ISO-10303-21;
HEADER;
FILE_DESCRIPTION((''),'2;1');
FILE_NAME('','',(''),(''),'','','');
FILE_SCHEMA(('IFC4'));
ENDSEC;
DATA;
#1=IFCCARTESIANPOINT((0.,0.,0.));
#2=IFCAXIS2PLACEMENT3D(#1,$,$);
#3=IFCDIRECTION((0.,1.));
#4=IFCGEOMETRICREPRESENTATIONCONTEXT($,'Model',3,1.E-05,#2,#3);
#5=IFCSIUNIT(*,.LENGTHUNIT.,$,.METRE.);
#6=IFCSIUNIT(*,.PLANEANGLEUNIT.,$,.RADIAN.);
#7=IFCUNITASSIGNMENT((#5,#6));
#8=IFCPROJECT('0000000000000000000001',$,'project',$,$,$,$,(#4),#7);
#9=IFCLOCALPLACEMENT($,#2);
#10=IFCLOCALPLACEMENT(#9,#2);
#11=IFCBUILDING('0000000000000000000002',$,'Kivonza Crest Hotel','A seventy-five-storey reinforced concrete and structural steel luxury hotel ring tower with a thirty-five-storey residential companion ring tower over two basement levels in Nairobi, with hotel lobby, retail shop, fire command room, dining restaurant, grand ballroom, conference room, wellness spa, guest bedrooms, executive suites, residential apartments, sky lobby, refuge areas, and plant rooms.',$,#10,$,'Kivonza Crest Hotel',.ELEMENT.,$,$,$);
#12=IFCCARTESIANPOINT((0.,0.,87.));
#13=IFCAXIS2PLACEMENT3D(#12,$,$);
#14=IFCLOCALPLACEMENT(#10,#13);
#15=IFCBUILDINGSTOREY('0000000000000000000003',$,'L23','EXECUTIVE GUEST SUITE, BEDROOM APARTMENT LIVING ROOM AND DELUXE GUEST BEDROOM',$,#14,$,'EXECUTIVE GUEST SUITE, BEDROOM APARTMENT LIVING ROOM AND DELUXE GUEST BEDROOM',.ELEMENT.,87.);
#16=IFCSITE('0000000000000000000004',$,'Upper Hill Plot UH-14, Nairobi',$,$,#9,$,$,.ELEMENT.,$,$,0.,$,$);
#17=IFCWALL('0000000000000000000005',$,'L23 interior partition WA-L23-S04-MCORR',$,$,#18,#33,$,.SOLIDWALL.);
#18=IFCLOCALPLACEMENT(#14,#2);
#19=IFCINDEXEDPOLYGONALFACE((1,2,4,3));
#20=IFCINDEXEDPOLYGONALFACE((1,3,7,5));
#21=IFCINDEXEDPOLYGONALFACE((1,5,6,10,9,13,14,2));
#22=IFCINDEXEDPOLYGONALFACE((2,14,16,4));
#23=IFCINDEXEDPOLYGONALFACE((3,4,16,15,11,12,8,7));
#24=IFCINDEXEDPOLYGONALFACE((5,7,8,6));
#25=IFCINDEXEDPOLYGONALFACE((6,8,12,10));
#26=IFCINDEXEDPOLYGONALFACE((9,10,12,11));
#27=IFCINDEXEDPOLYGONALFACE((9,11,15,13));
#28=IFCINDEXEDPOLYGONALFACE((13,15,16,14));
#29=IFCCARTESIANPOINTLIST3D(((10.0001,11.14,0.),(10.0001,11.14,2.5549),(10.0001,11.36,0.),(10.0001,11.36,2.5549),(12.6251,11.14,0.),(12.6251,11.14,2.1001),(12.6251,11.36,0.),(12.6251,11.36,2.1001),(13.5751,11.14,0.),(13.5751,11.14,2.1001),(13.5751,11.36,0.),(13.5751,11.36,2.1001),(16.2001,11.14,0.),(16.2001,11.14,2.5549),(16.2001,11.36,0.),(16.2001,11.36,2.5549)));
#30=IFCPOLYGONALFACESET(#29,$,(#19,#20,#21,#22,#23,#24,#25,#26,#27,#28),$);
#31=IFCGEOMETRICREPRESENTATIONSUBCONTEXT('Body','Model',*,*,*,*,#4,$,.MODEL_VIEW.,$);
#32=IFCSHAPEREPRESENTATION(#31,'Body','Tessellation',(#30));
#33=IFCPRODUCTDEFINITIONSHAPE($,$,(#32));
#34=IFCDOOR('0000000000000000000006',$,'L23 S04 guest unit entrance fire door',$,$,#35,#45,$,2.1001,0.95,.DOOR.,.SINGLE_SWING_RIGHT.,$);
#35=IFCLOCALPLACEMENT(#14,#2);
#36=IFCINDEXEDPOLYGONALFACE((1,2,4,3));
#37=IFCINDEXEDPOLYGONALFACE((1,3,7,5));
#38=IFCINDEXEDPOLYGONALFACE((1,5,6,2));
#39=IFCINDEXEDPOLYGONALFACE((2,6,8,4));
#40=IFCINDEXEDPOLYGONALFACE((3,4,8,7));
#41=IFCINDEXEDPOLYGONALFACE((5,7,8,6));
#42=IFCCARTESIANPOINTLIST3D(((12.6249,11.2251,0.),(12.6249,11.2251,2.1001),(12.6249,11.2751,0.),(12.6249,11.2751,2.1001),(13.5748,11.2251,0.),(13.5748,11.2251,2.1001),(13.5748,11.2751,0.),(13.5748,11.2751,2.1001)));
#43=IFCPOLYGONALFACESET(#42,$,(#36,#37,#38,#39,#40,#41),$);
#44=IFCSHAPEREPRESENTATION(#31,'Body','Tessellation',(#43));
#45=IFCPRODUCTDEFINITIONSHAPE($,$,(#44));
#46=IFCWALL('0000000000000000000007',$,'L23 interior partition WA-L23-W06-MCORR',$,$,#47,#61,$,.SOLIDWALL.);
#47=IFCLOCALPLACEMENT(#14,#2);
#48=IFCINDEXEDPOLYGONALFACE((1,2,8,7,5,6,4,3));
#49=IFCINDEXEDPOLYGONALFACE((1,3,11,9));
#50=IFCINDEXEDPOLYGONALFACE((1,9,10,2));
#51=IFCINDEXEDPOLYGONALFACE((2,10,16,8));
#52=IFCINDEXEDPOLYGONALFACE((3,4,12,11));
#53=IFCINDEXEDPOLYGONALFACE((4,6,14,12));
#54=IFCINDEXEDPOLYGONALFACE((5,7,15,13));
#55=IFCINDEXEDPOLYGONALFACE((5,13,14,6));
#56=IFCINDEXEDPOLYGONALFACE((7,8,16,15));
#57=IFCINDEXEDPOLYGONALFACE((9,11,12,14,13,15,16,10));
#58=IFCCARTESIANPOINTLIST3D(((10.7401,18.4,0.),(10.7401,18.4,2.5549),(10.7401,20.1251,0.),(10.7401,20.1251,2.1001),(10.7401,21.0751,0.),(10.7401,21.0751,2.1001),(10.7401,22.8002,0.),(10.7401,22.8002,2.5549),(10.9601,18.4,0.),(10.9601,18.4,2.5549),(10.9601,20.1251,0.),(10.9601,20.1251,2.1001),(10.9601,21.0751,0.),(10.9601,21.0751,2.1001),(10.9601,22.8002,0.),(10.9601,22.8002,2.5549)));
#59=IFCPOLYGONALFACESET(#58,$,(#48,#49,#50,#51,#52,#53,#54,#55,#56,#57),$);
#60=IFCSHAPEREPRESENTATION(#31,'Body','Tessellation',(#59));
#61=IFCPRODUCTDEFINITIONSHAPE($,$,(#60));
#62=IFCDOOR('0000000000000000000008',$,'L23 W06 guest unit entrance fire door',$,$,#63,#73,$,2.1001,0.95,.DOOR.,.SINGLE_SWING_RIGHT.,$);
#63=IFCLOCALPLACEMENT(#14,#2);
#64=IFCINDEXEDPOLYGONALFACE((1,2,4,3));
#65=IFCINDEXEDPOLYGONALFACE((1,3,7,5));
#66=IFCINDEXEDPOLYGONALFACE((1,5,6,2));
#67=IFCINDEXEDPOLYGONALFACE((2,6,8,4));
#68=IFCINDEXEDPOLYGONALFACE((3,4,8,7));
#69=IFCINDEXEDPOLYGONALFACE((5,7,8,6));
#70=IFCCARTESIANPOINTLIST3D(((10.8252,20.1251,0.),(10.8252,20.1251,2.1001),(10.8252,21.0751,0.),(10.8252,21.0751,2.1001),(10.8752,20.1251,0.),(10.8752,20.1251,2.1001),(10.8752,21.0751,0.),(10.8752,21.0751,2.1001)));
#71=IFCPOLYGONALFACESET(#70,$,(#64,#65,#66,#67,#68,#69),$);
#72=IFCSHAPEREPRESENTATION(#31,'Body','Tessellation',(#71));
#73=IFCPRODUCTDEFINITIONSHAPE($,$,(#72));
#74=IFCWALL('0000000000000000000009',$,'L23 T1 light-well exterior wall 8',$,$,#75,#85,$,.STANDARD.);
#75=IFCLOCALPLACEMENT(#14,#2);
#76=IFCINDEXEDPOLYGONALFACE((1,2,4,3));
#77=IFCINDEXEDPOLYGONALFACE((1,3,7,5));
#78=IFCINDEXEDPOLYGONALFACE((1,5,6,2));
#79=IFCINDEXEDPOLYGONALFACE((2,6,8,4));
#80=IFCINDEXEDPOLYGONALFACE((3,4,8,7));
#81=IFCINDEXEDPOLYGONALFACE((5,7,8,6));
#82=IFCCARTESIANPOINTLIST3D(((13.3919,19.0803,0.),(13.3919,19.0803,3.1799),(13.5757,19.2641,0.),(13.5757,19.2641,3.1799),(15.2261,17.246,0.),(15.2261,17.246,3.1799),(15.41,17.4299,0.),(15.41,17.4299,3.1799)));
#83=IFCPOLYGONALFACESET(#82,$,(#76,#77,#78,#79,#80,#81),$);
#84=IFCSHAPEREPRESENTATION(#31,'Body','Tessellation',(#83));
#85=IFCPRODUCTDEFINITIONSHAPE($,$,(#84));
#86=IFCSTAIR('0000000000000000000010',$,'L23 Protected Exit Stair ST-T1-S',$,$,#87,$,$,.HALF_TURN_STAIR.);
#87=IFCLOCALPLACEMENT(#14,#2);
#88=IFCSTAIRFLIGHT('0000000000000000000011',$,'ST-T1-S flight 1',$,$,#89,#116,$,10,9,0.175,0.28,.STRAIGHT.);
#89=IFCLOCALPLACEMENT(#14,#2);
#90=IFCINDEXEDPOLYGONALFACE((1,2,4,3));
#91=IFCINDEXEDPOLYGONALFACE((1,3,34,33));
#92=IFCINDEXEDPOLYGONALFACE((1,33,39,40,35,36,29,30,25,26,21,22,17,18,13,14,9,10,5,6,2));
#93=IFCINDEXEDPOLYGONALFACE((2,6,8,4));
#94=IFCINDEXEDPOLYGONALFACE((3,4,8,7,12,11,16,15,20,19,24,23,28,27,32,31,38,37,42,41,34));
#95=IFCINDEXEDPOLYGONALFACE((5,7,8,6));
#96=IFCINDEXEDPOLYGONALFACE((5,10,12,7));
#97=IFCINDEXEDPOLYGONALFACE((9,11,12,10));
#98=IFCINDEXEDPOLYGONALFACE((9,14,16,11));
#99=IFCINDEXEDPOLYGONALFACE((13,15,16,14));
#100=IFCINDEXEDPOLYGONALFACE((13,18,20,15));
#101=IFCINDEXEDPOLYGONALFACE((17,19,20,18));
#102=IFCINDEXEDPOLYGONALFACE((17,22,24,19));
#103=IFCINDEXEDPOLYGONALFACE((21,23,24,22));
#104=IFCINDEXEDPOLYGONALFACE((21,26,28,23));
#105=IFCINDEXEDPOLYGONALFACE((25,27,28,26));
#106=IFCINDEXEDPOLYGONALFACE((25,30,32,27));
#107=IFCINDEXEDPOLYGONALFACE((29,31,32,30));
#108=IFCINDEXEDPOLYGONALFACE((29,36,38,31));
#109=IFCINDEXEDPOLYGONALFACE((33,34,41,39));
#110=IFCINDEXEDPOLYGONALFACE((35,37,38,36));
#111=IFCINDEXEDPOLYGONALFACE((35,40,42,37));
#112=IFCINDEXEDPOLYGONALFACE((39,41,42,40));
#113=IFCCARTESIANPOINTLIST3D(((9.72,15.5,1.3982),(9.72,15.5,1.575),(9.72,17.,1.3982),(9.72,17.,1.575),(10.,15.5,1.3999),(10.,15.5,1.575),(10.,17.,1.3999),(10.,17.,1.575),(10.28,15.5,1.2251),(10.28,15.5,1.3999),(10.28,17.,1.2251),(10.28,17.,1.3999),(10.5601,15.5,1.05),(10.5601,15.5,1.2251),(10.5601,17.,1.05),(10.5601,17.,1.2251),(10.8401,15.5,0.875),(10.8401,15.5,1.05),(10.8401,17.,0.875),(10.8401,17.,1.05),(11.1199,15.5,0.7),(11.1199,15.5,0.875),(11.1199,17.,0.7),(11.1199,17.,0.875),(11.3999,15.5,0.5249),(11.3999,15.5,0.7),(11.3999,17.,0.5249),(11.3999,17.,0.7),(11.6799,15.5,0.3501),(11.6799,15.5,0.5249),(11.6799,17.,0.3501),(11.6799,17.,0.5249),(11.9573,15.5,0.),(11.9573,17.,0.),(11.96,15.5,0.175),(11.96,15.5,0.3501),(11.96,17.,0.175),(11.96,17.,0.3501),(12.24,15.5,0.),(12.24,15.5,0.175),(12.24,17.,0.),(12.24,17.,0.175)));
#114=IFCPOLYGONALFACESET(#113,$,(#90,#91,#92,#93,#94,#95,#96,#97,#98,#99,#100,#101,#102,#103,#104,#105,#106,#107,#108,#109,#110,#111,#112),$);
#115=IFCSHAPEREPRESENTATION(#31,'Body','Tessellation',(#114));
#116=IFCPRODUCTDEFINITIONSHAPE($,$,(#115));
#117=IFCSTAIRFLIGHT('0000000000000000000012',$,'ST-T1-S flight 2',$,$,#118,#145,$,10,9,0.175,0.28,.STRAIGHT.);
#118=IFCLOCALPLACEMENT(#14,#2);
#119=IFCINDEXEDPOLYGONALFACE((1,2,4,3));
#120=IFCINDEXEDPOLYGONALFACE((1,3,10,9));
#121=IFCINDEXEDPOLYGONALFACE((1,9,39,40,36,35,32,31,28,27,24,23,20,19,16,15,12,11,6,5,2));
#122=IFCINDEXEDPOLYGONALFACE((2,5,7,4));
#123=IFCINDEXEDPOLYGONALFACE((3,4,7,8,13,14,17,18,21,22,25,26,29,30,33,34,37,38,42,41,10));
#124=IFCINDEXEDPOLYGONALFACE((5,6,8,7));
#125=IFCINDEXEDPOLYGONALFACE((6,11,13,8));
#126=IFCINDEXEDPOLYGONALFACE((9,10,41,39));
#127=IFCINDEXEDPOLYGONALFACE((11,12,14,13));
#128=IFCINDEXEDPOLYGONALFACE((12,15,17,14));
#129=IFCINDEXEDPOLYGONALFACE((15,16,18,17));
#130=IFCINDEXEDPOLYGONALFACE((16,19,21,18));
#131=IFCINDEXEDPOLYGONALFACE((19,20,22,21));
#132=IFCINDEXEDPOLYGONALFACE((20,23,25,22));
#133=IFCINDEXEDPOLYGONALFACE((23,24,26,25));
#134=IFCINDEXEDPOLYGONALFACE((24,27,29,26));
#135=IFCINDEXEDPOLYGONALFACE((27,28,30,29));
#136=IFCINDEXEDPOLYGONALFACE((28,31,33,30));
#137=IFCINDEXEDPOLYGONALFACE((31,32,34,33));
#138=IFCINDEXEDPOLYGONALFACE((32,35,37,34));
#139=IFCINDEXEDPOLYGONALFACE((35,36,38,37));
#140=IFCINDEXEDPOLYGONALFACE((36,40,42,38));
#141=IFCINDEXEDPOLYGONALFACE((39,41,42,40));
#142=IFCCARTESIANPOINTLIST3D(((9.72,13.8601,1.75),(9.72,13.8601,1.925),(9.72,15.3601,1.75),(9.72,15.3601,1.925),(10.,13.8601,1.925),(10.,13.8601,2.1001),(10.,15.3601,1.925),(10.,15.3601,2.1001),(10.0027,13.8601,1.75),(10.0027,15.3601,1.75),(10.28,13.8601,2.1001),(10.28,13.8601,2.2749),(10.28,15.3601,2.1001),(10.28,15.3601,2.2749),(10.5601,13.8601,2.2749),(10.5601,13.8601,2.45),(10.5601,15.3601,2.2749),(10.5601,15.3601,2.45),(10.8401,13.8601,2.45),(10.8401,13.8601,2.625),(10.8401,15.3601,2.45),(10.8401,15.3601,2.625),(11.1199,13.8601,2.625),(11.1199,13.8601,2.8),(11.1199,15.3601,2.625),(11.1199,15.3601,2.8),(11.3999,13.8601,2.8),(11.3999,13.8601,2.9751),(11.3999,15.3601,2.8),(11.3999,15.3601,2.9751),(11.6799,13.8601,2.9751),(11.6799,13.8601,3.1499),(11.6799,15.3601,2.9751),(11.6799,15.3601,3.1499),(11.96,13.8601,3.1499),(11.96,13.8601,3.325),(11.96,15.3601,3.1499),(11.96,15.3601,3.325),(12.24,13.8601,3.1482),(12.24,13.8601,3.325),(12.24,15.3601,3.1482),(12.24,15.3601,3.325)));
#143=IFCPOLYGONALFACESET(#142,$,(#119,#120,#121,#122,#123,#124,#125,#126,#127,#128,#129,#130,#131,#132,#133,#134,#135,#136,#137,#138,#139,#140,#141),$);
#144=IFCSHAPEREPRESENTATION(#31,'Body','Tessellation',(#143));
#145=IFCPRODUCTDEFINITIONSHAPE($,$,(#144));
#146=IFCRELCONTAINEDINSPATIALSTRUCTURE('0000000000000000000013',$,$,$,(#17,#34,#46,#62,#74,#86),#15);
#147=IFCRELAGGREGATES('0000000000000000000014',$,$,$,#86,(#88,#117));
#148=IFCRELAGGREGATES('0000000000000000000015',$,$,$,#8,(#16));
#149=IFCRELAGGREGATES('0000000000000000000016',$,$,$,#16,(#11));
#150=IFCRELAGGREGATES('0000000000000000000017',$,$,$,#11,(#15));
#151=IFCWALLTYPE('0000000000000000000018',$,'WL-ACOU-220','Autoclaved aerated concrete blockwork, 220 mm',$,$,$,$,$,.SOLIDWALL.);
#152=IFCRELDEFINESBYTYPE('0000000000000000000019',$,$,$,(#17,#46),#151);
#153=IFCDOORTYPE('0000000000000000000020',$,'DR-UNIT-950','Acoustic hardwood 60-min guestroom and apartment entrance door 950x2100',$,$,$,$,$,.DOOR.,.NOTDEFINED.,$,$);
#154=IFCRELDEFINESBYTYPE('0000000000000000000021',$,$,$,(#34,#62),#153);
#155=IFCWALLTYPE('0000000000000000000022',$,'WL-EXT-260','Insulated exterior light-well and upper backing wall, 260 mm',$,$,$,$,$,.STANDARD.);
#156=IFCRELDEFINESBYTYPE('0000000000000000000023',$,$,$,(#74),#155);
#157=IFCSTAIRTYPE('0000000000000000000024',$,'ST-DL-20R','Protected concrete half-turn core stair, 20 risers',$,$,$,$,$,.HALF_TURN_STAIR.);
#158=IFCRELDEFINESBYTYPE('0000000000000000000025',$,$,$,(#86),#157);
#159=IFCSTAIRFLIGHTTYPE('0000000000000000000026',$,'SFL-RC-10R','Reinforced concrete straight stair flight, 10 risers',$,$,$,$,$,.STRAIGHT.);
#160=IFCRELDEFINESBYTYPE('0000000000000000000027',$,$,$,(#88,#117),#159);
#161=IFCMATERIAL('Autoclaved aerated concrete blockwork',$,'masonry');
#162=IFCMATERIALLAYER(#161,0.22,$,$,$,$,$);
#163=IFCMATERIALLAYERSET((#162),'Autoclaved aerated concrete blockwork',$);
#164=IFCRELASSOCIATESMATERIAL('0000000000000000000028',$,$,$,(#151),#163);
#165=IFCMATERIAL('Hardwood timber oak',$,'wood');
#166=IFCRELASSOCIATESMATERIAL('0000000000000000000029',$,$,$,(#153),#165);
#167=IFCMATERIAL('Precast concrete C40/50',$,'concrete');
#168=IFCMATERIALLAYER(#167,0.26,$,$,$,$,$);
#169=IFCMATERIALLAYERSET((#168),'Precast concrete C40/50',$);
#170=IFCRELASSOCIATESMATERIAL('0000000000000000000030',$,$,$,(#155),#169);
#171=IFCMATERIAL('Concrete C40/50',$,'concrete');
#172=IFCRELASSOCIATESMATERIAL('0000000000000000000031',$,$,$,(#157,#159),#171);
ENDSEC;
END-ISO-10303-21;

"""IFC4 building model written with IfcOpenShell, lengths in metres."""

from ifc_helpers import new_model, si_unit, direction, frame, frame_2d, origin, place, context, subcontext, project, spatial, polyline, rectangle, outline, extrude, material, layer, layer_set, type_object, element, fill, aggregate, save


model = new_model("IFC4")

# Units and contexts
model_context = context("Model", 3, precision=1e-05, world=origin(), true_north=direction((0.0, 1.0)))
body_context = subcontext(model_context, "Body", "Model", "MODEL_VIEW")
ifc_project = project(units=[si_unit("LENGTHUNIT", "METRE"), si_unit("PLANEANGLEUNIT", "RADIAN")], contexts=[model_context])

# Site, building, storey
site_placement = place(None, origin())
site = spatial("IfcSite", under=ifc_project, at=site_placement, Name="Upper Hill Plot UH-14, Nairobi", CompositionType="ELEMENT", RefElevation=0.0)
building_placement = place(site_placement, origin())
building = spatial("IfcBuilding", under=site, at=building_placement, Name="Kivonza Crest Hotel", Description="A seventy-five-storey reinforced concrete and structural steel luxury hotel ring tower with a thirty-five-storey residential companion ring tower over two basement levels in Nairobi, with hotel lobby, retail shop, fire command room, dining restaurant, grand ballroom, conference room, wellness spa, guest bedrooms, executive suites, residential apartments, sky lobby, refuge areas, and plant rooms.", LongName="Kivonza Crest Hotel", CompositionType="ELEMENT")
storey_placement = place(building_placement, frame((0.0, 0.0, 87.0)))
storey = spatial("IfcBuildingStorey", under=building, at=storey_placement, Name="L23", Description="EXECUTIVE GUEST SUITE, BEDROOM APARTMENT LIVING ROOM AND DELUXE GUEST BEDROOM", LongName="EXECUTIVE GUEST SUITE, BEDROOM APARTMENT LIVING ROOM AND DELUXE GUEST BEDROOM", CompositionType="ELEMENT", Elevation=87.0)

# Shared definitions
ifc_material_1 = material(Name="Autoclaved aerated concrete blockwork", Category="masonry")
ifc_layer_1 = layer(ifc_material_1, 0.22)
ifc_layer_set_1 = layer_set([ifc_layer_1], Name="Autoclaved aerated concrete blockwork")
wall_type_1 = type_object("IfcWallType", Name="WL-ACOU-220", Description="Autoclaved aerated concrete blockwork, 220 mm", PredefinedType="SOLIDWALL", material=ifc_layer_set_1)

# Walls, openings, doors
wall_1_placement = place(storey_placement, frame((10.0, 11.25, 0.0), z_axis=(0.0, 0.0, 1.0), x_axis=(1.0, 0.0, 0.0)))
wall_1 = element("IfcWall", 1, at=wall_1_placement, inside=storey, type_object=wall_type_1, Name="L23 interior partition WA-L23-S04-MCORR", PredefinedType="SOLIDWALL", context=body_context, shape_type="SweptSolid", body=[
    extrude(rectangle(XDim=6.2, YDim=0.22, at=frame_2d((3.1001, 0.0))), origin(), (0.0, 0.0, 1.0), 2.5549),
])
opening_1_placement = place(wall_1_placement, frame((2.625, 0.0, 0.0)))
opening_1 = element("IfcOpeningElement", 2, at=opening_1_placement, cuts=wall_1, PredefinedType="OPENING", context=body_context, shape_type="SweptSolid", body=[
    extrude(rectangle(XDim=0.95, YDim=2.1001, at=frame_2d((0.4751, 1.05))), frame((0.0, 0.1201, 0.0), z_axis=(0.0, -1.0, 0.0), x_axis=(1.0, 0.0, 0.0)), (0.0, 0.0, 1.0), 0.24),
])
ifc_material_2 = material(Name="Hardwood timber oak", Category="wood")
door_type_1 = type_object("IfcDoorType", Name="DR-UNIT-950", Description="Acoustic hardwood 60-min guestroom and apartment entrance door 950x2100", OperationType="NOTDEFINED", PredefinedType="DOOR", material=ifc_material_2)
door_1_placement = place(opening_1_placement, frame((0.95, 0.0, 0.0), z_axis=(0.0, 0.0, 1.0), x_axis=(-1.0, 0.0, 0.0)))
door_1 = element("IfcDoor", 3, at=door_1_placement, inside=storey, type_object=door_type_1, Name="L23 S04 guest unit entrance fire door", OperationType="SINGLE_SWING_RIGHT", OverallHeight=2.1001, OverallWidth=0.95, PredefinedType="DOOR", context=body_context, shape_type="SweptSolid", body=[
    extrude(rectangle(XDim=0.95, YDim=2.1001, at=frame_2d((0.4751, 1.05))), frame((0.0, 0.0249, 0.0), z_axis=(0.0, -1.0, 0.0), x_axis=(1.0, 0.0, 0.0)), (0.0, 0.0, 1.0), 0.05),
])
fill(opening_1, door_1)
wall_2_placement = place(storey_placement, frame((10.8501, 18.3999, 0.0), z_axis=(0.0, 0.0, 1.0), x_axis=(0.0, 1.0, 0.0)))
wall_2 = element("IfcWall", 4, at=wall_2_placement, inside=storey, type_object=wall_type_1, Name="L23 interior partition WA-L23-W06-MCORR", PredefinedType="SOLIDWALL", context=body_context, shape_type="SweptSolid", body=[
    extrude(rectangle(XDim=4.4001, YDim=0.22, at=frame_2d((2.2002, 0.0))), origin(), (0.0, 0.0, 1.0), 2.5549),
])
opening_2_placement = place(wall_2_placement, frame((1.7251, 0.0, 0.0)))
opening_2 = element("IfcOpeningElement", 5, at=opening_2_placement, cuts=wall_2, PredefinedType="OPENING", context=body_context, shape_type="SweptSolid", body=[
    extrude(rectangle(XDim=0.95, YDim=2.1001, at=frame_2d((0.4751, 1.05))), frame((0.0, 0.1201, 0.0), z_axis=(0.0, -1.0, 0.0), x_axis=(1.0, 0.0, 0.0)), (0.0, 0.0, 1.0), 0.24),
])
door_2_placement = place(opening_2_placement, origin())
door_2 = element("IfcDoor", 6, at=door_2_placement, inside=storey, type_object=door_type_1, Name="L23 W06 guest unit entrance fire door", OperationType="SINGLE_SWING_RIGHT", OverallHeight=2.1001, OverallWidth=0.95, PredefinedType="DOOR", context=body_context, shape_type="SweptSolid", body=[
    extrude(rectangle(XDim=0.95, YDim=2.1001, at=frame_2d((0.4751, 1.05))), frame((0.0, 0.0249, 0.0), z_axis=(0.0, -1.0, 0.0), x_axis=(1.0, 0.0, 0.0)), (0.0, 0.0, 1.0), 0.05),
])
fill(opening_2, door_2)

# Wall
ifc_material_3 = material(Name="Precast concrete C40/50", Category="concrete")
ifc_layer_2 = layer(ifc_material_3, 0.26)
ifc_layer_set_2 = layer_set([ifc_layer_2], Name="Precast concrete C40/50")
wall_type_2 = type_object("IfcWallType", Name="WL-EXT-260", Description="Insulated exterior light-well and upper backing wall, 260 mm", PredefinedType="STANDARD", material=ifc_layer_set_2)
wall_3_placement = place(storey_placement, frame((13.4839, 19.1721, 0.0), z_axis=(0.0, 0.0, 1.0), x_axis=(0.707107, -0.707107, 0.0)))
element("IfcWall", 7, at=wall_3_placement, inside=storey, type_object=wall_type_2, Name="L23 T1 light-well exterior wall 8", PredefinedType="STANDARD", context=body_context, shape_type="SweptSolid", body=[
    extrude(rectangle(XDim=2.594, YDim=0.26, at=frame_2d((1.2969, 0.0))), origin(), (0.0, 0.0, 1.0), 3.1799),
])

# Stair, stair flights
ifc_material_4 = material(Name="Concrete C40/50", Category="concrete")
stair_type = type_object("IfcStairType", Name="ST-DL-20R", Description="Protected concrete half-turn core stair, 20 risers", PredefinedType="HALF_TURN_STAIR", material=ifc_material_4)
stair_placement = place(storey_placement, origin())
stair = element("IfcStair", 8, at=stair_placement, inside=storey, type_object=stair_type, Name="L23 Protected Exit Stair ST-T1-S", PredefinedType="HALF_TURN_STAIR")
stair_flight_type = type_object("IfcStairFlightType", Name="SFL-RC-10R", Description="Reinforced concrete straight stair flight, 10 risers", PredefinedType="STRAIGHT", material=ifc_material_4)
stair_flight_1_placement = place(storey_placement, frame((12.24, 16.25, 0.0), z_axis=(0.0, 0.0, 1.0), x_axis=(-1.0, 0.0, 0.0)))
stair_flight_1 = element("IfcStairFlight", 9, at=stair_flight_1_placement, type_object=stair_flight_type, Name="ST-T1-S flight 1", NumberOfRisers=10, NumberOfTreads=9, PredefinedType="STRAIGHT", RiserHeight=0.175, TreadLength=0.28, context=body_context, shape_type="SweptSolid", body=[
    extrude(outline(polyline([(0.0, 0.0), (0.0, 0.175), (0.28, 0.175), (0.28, 0.3501), (0.5601, 0.3501), (0.5601, 0.5249), (0.8401, 0.5249), (0.8401, 0.7), (1.1201, 0.7), (1.1201, 0.875), (1.3999, 0.875), (1.3999, 1.05), (1.6799, 1.05), (1.6799, 1.2251), (1.96, 1.2251), (1.96, 1.3999), (2.24, 1.3999), (2.24, 1.575), (2.52, 1.575), (2.52, 1.75), (2.52, 1.3982), (0.2827, 0.0), (0.0, 0.0)])), frame((0.0, 0.75, 0.0), z_axis=(0.0, -1.0, 0.0), x_axis=(1.0, 0.0, 0.0)), (0.0, 0.0, 1.0), 1.5),
])
stair_flight_2_placement = place(storey_placement, frame((9.72, 14.6101, 1.75), z_axis=(0.0, 0.0, 1.0), x_axis=(1.0, 0.0, 0.0)))
stair_flight_2 = element("IfcStairFlight", 10, at=stair_flight_2_placement, type_object=stair_flight_type, Name="ST-T1-S flight 2", NumberOfRisers=10, NumberOfTreads=9, PredefinedType="STRAIGHT", RiserHeight=0.175, TreadLength=0.28, context=body_context, shape_type="SweptSolid", body=[
    extrude(outline(polyline([(0.0, 0.0), (0.0, 0.175), (0.28, 0.175), (0.28, 0.3501), (0.5601, 0.3501), (0.5601, 0.5249), (0.8401, 0.5249), (0.8401, 0.7), (1.1201, 0.7), (1.1201, 0.875), (1.3999, 0.875), (1.3999, 1.05), (1.6799, 1.05), (1.6799, 1.2251), (1.96, 1.2251), (1.96, 1.3999), (2.24, 1.3999), (2.24, 1.575), (2.52, 1.575), (2.52, 1.75), (2.52, 1.3982), (0.2827, 0.0), (0.0, 0.0)])), frame((0.0, 0.75, 0.0), z_axis=(0.0, -1.0, 0.0), x_axis=(1.0, 0.0, 0.0)), (0.0, 0.0, 1.0), 1.5),
])
aggregate(stair, [stair_flight_1, stair_flight_2])

save(model, "model.ifc")
